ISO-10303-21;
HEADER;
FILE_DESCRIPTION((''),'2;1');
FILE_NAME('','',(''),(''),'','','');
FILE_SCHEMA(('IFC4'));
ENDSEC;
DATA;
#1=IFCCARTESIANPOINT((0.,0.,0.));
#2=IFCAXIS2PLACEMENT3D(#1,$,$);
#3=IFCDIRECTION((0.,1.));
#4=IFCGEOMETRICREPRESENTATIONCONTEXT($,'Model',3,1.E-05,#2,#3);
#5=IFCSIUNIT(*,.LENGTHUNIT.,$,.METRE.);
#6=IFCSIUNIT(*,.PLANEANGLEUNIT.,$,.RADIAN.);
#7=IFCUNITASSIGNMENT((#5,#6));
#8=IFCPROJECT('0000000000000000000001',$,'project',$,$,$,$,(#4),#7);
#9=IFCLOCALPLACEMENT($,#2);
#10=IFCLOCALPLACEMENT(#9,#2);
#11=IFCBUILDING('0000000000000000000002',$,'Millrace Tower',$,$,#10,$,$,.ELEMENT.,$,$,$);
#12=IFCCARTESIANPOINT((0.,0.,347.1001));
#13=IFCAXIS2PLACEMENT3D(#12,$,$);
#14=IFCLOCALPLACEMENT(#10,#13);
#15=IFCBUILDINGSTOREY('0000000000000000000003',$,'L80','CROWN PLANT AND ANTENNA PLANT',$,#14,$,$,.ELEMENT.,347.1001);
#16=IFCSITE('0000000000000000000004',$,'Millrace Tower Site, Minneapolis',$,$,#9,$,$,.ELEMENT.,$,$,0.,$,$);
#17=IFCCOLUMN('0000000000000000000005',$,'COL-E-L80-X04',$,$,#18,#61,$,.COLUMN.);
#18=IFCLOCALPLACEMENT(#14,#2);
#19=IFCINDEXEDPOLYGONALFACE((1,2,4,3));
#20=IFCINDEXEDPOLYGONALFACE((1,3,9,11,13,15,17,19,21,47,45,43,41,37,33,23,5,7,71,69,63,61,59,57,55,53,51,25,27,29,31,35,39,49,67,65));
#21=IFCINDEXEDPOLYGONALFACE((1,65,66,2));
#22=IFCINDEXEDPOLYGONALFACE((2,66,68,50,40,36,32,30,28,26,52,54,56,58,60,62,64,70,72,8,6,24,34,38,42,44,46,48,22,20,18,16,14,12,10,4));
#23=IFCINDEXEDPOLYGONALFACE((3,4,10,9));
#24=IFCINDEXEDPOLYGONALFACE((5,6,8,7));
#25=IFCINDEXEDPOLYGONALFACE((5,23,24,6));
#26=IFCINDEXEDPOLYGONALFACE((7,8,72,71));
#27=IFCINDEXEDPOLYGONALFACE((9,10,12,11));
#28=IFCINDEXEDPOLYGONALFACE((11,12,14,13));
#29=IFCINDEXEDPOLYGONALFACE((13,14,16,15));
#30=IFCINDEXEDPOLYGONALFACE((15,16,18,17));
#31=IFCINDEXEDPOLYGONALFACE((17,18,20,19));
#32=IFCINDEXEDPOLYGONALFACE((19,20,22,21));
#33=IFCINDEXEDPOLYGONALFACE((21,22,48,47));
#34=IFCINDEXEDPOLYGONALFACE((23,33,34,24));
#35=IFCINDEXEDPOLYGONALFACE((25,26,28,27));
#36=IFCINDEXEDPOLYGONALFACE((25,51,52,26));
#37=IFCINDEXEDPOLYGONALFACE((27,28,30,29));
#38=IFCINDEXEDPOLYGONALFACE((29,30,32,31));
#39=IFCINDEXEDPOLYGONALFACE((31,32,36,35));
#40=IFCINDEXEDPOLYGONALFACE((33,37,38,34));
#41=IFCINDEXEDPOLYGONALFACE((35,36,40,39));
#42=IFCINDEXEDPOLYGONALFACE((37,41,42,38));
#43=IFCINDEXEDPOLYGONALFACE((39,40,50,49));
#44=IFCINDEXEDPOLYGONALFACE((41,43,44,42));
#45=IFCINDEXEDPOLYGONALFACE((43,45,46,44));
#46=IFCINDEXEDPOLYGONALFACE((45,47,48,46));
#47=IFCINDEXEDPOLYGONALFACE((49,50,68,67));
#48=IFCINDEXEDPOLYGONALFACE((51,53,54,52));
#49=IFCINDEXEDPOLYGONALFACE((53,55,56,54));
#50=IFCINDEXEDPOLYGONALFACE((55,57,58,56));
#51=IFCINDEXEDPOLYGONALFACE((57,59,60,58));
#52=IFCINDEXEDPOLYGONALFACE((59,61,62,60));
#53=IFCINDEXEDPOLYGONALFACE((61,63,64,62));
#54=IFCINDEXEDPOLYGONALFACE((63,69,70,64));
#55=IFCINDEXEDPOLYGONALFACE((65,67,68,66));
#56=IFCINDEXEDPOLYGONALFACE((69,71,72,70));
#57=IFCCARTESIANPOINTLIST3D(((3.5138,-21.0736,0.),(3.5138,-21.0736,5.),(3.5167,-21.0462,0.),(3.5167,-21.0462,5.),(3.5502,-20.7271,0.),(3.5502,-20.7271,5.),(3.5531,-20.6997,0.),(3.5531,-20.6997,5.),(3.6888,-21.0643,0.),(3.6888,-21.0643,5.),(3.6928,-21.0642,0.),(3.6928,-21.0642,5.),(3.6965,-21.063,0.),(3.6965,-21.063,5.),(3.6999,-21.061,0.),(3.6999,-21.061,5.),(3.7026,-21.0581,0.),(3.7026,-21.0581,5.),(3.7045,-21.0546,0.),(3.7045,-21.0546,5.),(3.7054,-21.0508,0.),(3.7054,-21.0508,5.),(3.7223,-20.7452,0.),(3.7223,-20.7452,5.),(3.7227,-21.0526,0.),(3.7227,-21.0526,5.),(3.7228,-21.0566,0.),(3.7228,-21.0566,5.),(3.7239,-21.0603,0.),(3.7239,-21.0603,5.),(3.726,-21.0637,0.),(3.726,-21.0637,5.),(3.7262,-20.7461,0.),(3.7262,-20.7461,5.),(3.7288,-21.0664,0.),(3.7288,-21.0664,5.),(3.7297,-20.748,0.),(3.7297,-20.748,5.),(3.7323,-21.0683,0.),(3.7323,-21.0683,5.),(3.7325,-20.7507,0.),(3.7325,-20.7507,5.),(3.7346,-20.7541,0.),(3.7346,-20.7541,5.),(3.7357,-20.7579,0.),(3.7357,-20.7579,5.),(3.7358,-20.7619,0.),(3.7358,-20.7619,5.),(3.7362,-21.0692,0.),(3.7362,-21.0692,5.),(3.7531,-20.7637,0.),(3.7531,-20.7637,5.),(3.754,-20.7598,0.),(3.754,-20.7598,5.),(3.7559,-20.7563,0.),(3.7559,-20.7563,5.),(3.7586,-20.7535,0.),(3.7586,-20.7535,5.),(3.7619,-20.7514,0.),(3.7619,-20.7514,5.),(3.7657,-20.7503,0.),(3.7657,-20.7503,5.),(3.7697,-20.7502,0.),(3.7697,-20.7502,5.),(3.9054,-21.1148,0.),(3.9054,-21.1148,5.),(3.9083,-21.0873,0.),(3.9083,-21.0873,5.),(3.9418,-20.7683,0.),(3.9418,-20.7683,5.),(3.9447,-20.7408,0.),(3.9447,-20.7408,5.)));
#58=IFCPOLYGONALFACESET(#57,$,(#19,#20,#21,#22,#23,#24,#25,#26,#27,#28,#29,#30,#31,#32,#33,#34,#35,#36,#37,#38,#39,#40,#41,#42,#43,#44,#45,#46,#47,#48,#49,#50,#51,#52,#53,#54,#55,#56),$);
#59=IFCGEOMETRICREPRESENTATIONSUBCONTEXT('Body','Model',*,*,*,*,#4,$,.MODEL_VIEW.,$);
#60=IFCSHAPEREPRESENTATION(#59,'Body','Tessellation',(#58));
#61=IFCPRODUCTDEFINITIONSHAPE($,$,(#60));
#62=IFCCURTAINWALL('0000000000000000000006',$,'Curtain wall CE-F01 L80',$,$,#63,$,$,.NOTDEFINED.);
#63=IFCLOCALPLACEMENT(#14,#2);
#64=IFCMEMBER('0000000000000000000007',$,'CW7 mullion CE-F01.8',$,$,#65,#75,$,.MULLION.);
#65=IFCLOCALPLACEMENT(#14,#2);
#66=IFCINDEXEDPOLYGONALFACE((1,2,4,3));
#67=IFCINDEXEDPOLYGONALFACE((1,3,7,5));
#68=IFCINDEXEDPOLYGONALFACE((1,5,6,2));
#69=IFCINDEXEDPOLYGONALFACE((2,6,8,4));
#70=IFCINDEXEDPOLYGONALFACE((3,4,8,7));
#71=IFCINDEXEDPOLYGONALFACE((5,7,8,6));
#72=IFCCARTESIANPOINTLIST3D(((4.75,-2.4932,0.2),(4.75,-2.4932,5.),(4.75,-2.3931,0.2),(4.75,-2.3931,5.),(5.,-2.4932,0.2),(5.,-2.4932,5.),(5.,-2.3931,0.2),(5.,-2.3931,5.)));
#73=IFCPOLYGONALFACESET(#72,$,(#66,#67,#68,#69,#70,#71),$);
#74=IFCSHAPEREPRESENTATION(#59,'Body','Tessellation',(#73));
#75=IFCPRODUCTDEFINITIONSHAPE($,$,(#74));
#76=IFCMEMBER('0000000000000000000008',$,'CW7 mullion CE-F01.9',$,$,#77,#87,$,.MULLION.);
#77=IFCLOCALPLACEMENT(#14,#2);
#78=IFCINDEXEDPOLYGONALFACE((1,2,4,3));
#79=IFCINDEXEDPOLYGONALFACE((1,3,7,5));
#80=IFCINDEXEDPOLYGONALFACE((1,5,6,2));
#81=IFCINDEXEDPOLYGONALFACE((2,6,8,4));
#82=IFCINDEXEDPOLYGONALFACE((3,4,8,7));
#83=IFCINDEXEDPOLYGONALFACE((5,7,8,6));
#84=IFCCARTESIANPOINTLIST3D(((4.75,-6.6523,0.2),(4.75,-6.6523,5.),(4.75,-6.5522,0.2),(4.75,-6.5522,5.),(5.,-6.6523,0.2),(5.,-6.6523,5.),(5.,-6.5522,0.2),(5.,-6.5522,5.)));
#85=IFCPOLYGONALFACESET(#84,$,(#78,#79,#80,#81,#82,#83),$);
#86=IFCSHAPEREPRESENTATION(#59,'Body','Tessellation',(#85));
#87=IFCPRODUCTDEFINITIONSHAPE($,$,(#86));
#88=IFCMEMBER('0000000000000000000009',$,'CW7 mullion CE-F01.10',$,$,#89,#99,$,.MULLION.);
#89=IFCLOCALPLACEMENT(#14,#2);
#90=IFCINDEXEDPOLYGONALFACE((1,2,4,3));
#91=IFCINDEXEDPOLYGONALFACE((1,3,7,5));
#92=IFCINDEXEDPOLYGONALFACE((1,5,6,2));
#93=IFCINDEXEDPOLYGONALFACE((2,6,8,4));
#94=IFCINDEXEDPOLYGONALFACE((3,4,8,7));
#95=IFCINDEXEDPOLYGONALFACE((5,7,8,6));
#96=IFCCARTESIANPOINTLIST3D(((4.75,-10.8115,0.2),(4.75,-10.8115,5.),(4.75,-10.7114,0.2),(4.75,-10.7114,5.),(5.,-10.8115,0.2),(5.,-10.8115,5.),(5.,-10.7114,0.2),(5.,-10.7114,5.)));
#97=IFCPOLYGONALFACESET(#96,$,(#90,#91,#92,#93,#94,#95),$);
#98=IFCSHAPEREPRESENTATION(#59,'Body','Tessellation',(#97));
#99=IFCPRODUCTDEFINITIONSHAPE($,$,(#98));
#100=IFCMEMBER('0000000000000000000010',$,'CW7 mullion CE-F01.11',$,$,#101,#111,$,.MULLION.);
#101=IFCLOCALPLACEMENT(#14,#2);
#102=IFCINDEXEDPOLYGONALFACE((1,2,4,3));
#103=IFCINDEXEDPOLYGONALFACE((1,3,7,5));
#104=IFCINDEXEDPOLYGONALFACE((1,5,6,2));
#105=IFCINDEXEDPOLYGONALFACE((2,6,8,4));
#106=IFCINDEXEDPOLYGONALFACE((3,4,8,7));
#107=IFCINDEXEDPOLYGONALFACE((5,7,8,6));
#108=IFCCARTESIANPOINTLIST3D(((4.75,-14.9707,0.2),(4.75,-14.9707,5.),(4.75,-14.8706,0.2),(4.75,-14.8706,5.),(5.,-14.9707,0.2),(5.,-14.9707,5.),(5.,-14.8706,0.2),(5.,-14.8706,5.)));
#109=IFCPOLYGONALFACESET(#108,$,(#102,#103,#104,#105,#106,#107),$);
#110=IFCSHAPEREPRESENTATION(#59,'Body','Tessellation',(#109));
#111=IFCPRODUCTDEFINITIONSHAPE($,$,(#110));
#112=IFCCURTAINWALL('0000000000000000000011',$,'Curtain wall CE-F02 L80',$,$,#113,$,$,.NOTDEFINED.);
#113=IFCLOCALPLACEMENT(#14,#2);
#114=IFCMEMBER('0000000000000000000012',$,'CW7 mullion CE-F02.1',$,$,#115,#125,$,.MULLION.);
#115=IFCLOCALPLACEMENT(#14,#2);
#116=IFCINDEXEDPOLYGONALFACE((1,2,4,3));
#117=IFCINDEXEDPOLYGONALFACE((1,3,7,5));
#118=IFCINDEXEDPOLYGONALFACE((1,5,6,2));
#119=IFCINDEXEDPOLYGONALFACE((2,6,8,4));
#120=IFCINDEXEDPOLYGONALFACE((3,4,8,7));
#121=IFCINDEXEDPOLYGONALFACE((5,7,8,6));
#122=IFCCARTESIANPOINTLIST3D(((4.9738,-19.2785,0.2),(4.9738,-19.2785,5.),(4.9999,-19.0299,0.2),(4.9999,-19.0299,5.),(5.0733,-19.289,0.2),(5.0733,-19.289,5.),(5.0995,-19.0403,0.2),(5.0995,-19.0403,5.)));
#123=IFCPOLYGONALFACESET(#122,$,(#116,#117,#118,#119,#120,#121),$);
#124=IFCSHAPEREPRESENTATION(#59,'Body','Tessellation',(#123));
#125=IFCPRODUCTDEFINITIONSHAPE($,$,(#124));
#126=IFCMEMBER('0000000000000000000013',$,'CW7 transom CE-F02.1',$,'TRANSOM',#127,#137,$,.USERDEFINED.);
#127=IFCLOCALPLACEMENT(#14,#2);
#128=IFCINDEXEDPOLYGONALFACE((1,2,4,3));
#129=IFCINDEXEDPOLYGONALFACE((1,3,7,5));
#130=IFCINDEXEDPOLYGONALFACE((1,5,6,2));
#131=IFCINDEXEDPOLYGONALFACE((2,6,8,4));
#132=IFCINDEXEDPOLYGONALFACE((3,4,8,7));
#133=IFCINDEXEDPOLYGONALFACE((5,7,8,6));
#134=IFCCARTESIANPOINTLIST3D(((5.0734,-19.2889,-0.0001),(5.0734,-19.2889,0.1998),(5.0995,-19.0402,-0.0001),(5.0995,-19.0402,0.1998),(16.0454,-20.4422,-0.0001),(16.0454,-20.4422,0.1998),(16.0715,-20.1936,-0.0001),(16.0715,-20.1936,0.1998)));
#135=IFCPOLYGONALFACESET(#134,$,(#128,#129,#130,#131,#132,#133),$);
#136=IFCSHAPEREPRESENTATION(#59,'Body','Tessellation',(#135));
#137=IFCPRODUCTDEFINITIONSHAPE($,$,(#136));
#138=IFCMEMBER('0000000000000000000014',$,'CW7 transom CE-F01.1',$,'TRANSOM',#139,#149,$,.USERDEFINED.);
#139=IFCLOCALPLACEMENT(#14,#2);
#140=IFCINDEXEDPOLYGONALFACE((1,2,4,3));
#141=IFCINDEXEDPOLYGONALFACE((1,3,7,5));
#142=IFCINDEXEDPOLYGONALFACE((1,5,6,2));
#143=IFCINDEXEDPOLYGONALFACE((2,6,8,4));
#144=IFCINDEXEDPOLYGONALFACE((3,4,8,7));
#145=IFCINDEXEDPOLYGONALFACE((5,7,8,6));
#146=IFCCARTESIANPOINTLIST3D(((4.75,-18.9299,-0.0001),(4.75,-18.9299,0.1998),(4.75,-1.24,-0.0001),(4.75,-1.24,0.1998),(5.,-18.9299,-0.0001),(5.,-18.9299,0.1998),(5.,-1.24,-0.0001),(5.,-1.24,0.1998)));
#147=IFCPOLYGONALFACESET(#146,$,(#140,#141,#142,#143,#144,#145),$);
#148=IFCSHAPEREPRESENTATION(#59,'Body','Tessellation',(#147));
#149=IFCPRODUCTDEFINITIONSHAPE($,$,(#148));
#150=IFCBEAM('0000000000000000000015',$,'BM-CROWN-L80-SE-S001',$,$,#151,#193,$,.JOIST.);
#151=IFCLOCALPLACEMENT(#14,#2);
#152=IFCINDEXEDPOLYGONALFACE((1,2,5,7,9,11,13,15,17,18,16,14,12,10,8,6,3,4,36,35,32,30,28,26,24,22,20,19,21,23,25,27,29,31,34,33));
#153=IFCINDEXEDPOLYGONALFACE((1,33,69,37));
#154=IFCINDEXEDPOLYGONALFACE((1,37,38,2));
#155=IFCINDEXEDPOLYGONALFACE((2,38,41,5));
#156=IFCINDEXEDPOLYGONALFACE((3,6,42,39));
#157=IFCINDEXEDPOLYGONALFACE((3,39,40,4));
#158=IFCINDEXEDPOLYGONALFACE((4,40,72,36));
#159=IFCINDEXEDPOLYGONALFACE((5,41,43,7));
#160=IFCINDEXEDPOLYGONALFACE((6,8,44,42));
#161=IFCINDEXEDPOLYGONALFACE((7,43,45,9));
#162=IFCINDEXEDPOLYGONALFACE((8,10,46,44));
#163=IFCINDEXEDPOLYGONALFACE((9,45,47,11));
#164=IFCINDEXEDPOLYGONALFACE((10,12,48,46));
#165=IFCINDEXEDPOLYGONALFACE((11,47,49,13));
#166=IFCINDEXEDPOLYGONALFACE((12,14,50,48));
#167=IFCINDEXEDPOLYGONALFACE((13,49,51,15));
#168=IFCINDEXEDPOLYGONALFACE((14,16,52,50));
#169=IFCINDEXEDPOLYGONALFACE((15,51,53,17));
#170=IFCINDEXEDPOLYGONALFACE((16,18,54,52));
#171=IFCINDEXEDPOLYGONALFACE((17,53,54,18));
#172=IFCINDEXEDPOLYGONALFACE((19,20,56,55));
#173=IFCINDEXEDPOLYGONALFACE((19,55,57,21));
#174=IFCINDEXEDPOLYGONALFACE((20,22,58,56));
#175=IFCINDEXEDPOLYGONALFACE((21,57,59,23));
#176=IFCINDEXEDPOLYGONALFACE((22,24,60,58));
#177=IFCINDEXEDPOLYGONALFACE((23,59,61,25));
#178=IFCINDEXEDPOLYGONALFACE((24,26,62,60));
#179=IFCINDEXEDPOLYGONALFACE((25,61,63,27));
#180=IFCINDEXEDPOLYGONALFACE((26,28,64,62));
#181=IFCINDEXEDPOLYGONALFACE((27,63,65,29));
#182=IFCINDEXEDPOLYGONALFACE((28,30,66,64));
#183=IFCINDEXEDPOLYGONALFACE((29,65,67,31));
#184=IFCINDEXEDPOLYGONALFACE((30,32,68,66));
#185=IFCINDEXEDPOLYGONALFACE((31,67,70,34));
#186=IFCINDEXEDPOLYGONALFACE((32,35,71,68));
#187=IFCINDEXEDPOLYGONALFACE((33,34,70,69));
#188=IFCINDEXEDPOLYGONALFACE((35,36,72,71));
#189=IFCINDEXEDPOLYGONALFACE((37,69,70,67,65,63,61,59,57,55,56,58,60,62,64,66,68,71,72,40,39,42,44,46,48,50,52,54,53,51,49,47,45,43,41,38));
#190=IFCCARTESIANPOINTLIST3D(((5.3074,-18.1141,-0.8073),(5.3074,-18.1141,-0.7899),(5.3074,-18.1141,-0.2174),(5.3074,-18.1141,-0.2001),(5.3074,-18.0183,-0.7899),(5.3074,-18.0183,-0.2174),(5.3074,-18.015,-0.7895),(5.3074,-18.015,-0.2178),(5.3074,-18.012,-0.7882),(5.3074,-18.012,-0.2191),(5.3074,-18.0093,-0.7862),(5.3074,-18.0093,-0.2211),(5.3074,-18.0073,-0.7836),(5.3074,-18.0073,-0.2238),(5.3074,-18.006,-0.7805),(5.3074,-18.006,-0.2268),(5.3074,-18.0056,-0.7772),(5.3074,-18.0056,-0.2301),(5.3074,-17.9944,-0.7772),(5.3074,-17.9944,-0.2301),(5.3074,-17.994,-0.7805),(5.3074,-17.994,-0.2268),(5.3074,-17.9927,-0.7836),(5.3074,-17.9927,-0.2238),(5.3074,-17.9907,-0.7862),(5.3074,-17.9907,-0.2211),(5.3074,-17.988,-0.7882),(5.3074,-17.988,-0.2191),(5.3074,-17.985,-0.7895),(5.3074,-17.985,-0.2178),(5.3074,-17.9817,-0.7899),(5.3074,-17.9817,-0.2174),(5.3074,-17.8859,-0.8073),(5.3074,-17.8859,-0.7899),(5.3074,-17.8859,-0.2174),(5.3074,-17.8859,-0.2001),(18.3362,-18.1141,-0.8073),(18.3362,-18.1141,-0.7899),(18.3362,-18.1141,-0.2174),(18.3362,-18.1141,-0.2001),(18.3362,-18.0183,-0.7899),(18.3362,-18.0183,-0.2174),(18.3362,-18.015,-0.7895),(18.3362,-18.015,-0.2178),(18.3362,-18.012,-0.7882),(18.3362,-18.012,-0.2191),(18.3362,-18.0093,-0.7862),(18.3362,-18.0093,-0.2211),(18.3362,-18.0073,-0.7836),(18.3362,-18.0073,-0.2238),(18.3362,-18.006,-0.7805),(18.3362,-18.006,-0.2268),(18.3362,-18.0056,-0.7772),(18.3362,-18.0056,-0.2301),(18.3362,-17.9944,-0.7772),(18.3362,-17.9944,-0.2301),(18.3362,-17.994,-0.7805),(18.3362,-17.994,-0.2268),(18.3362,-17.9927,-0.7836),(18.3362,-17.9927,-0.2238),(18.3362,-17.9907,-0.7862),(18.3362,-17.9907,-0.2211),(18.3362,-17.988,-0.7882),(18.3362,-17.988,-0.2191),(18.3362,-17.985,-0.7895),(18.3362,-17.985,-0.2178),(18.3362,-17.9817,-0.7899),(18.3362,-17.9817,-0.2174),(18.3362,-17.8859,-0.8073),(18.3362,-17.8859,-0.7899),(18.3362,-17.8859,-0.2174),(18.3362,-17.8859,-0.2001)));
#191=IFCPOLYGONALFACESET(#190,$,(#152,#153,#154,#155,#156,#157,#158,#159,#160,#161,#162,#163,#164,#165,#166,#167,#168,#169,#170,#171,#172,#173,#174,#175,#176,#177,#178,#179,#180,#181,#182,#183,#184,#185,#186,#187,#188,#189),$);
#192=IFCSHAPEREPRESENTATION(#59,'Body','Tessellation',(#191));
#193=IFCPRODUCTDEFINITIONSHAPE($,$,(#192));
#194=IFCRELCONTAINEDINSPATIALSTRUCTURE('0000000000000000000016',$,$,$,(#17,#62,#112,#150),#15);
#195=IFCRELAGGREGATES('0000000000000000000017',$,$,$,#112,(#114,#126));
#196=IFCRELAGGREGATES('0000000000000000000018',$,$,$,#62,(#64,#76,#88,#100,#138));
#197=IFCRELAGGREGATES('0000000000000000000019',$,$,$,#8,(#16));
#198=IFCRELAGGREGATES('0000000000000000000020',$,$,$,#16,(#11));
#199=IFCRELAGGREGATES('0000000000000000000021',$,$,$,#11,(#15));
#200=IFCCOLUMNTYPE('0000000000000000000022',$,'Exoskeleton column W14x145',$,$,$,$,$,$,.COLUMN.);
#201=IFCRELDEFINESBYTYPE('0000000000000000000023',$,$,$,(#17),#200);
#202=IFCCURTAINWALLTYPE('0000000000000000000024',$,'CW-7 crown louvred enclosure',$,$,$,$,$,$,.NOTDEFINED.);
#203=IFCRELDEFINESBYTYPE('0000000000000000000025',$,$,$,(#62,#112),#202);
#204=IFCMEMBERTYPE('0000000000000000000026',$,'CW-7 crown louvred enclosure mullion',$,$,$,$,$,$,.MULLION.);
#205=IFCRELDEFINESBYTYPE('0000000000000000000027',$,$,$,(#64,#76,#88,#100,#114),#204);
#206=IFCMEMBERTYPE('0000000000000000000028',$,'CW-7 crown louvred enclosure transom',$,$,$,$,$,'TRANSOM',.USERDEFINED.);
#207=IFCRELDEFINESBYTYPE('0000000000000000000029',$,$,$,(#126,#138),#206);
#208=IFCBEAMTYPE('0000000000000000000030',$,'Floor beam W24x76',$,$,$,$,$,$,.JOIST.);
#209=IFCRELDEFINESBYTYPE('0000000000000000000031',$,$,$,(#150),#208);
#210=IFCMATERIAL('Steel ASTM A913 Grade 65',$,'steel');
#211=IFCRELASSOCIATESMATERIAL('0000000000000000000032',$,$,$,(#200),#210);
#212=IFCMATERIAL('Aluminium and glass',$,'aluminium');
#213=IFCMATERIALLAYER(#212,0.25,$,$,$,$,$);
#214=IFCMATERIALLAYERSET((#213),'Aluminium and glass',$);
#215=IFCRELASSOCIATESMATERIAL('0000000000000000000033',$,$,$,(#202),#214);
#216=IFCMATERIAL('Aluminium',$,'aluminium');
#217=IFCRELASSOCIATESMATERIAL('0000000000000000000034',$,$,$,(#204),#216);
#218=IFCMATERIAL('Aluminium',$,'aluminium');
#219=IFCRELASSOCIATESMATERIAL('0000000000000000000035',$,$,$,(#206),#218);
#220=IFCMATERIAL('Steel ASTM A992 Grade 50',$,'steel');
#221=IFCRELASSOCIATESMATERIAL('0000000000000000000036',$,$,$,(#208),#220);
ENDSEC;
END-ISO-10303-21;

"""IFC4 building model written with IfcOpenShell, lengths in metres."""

from ifc_helpers import new_model, si_unit, direction, frame, origin, origin_2d, place, context, subcontext, project, spatial, rectangle, i_section, extrude, material, layer, layer_set, material_profile, profile_set, type_object, element, aggregate, save


model = new_model("IFC4")

# Units and contexts
model_context = context("Model", 3, precision=1e-05, world=origin(), true_north=direction((0.0, 1.0)))
body_context = subcontext(model_context, "Body", "Model", "MODEL_VIEW")
ifc_project = project(units=[si_unit("LENGTHUNIT", "METRE"), si_unit("PLANEANGLEUNIT", "RADIAN")], contexts=[model_context])

# Site, building, storey
site_placement = place(None, origin())
site = spatial("IfcSite", under=ifc_project, at=site_placement, Name="Millrace Tower Site, Minneapolis", CompositionType="ELEMENT", RefElevation=0.0)
building_placement = place(site_placement, origin())
building = spatial("IfcBuilding", under=site, at=building_placement, Name="Millrace Tower", CompositionType="ELEMENT")
storey_placement = place(building_placement, frame((0.0, 0.0, 347.1001)))
storey = spatial("IfcBuildingStorey", under=building, at=storey_placement, Name="L80", Description="CROWN PLANT AND ANTENNA PLANT", CompositionType="ELEMENT", Elevation=347.1001)

# Column
ifc_material_1 = material(Name="Steel ASTM A913 Grade 65", Category="steel")
ifc_material_profile_1 = material_profile(ifc_material_1, i_section(OverallWidth=0.3938, OverallDepth=0.376, WebThickness=0.0173, FlangeThickness=0.0276, FilletRadius=0.0151, at=origin_2d()))
ifc_profile_set_1 = profile_set([ifc_material_profile_1], Name="Steel ASTM A913 Grade 65")
column_type = type_object("IfcColumnType", Name="Exoskeleton column W14x145", PredefinedType="COLUMN", material=ifc_profile_set_1)
column_placement = place(storey_placement, frame((3.7292, -20.9072, 0.0), z_axis=(0.0, 0.0, 1.0), x_axis=(0.994522, -0.104528, 0.0)))
element("IfcColumn", 1, at=column_placement, inside=storey, type_object=column_type, Name="COL-E-L80-X04", PredefinedType="COLUMN", context=body_context, shape_type="SweptSolid", body=[
    extrude(i_section(OverallWidth=0.3938, OverallDepth=0.376, WebThickness=0.0173, FlangeThickness=0.0276, FilletRadius=0.0151, at=origin_2d()), origin(), (0.0, 0.0, 1.0), 5.0),
])

# Curtain walls, members
ifc_material_2 = material(Name="Aluminium and glass", Category="aluminium")
ifc_layer_1 = layer(ifc_material_2, 0.25)
ifc_layer_set_1 = layer_set([ifc_layer_1], Name="Aluminium and glass")
curtain_wall_type = type_object("IfcCurtainWallType", Name="CW-7 crown louvred enclosure", PredefinedType="NOTDEFINED", material=ifc_layer_set_1)
placement = place(storey_placement, origin())
curtain_wall_1 = element("IfcCurtainWall", 2, at=placement, inside=storey, type_object=curtain_wall_type, Name="Curtain wall CE-F01 L80", PredefinedType="NOTDEFINED")
ifc_material_3 = material(Name="Aluminium", Category="aluminium")
ifc_material_profile_2 = material_profile(ifc_material_3, rectangle(XDim=0.1001, YDim=0.25, at=origin_2d()))
ifc_profile_set_2 = profile_set([ifc_material_profile_2], Name="Aluminium")
member_type_1 = type_object("IfcMemberType", Name="CW-7 crown louvred enclosure mullion", PredefinedType="MULLION", material=ifc_profile_set_2)
member_1_placement = place(storey_placement, frame((4.875, -2.4431, 0.2), z_axis=(0.0, 0.0, 1.0), x_axis=(0.0, -1.0, 0.0)))
member_1 = element("IfcMember", 3, at=member_1_placement, type_object=member_type_1, Name="CW7 mullion CE-F01.8", PredefinedType="MULLION", context=body_context, shape_type="SweptSolid", body=[
    extrude(rectangle(XDim=0.1001, YDim=0.25, at=origin_2d()), origin(), (0.0, 0.0, 1.0), 4.8),
])
member_2_placement = place(storey_placement, frame((4.875, -6.6023, 0.2), z_axis=(0.0, 0.0, 1.0), x_axis=(0.0, -1.0, 0.0)))
member_2 = element("IfcMember", 4, at=member_2_placement, type_object=member_type_1, Name="CW7 mullion CE-F01.9", PredefinedType="MULLION", context=body_context, shape_type="SweptSolid", body=[
    extrude(rectangle(XDim=0.1001, YDim=0.25, at=origin_2d()), origin(), (0.0, 0.0, 1.0), 4.8),
])
member_3_placement = place(storey_placement, frame((4.875, -10.7615, 0.2), z_axis=(0.0, 0.0, 1.0), x_axis=(0.0, -1.0, 0.0)))
member_3 = element("IfcMember", 5, at=member_3_placement, type_object=member_type_1, Name="CW7 mullion CE-F01.10", PredefinedType="MULLION", context=body_context, shape_type="SweptSolid", body=[
    extrude(rectangle(XDim=0.1001, YDim=0.25, at=origin_2d()), origin(), (0.0, 0.0, 1.0), 4.8),
])
member_4_placement = place(storey_placement, frame((4.875, -14.9207, 0.2), z_axis=(0.0, 0.0, 1.0), x_axis=(0.0, -1.0, 0.0)))
member_4 = element("IfcMember", 6, at=member_4_placement, type_object=member_type_1, Name="CW7 mullion CE-F01.11", PredefinedType="MULLION", context=body_context, shape_type="SweptSolid", body=[
    extrude(rectangle(XDim=0.1001, YDim=0.25, at=origin_2d()), origin(), (0.0, 0.0, 1.0), 4.8),
])
curtain_wall_2 = element("IfcCurtainWall", 7, at=placement, inside=storey, type_object=curtain_wall_type, Name="Curtain wall CE-F02 L80", PredefinedType="NOTDEFINED")
member_5_placement = place(storey_placement, frame((5.0366, -19.1594, 0.2), z_axis=(0.0, 0.0, 1.0), x_axis=(0.994522, -0.104528, 0.0)))
member_5 = element("IfcMember", 8, at=member_5_placement, type_object=member_type_1, Name="CW7 mullion CE-F02.1", PredefinedType="MULLION", context=body_context, shape_type="SweptSolid", body=[
    extrude(rectangle(XDim=0.1001, YDim=0.25, at=origin_2d()), origin(), (0.0, 0.0, 1.0), 4.8),
])
ifc_material_4 = material(Name="Aluminium", Category="aluminium")
ifc_material_profile_3 = material_profile(ifc_material_4, rectangle(XDim=0.25, YDim=0.2, at=origin_2d()))
ifc_profile_set_3 = profile_set([ifc_material_profile_3], Name="Aluminium")
member_type_2 = type_object("IfcMemberType", Name="CW-7 crown louvred enclosure transom", ElementType="TRANSOM", PredefinedType="USERDEFINED", material=ifc_profile_set_3)
member_6_placement = place(storey_placement, frame((5.0864, -19.1646, 0.0999), z_axis=(0.994521, -0.10454, 0.0), x_axis=(0.10454, 0.994521, 0.0)))
member_6 = element("IfcMember", 9, at=member_6_placement, type_object=member_type_2, Name="CW7 transom CE-F02.1", ObjectType="TRANSOM", PredefinedType="USERDEFINED", context=body_context, shape_type="SweptSolid", body=[
    extrude(rectangle(XDim=0.25, YDim=0.2, at=origin_2d()), origin(), (0.0, 0.0, 1.0), 11.0325),
])
aggregate(curtain_wall_2, [member_5, member_6])

# Member
member_7_placement = place(storey_placement, frame((4.875, -18.9299, 0.0999), z_axis=(0.0, 1.0, 0.0), x_axis=(-1.0, 0.0, 0.0)))
member_7 = element("IfcMember", 10, at=member_7_placement, type_object=member_type_2, Name="CW7 transom CE-F01.1", ObjectType="TRANSOM", PredefinedType="USERDEFINED", context=body_context, shape_type="SweptSolid", body=[
    extrude(rectangle(XDim=0.25, YDim=0.2, at=origin_2d()), origin(), (0.0, 0.0, 1.0), 17.6899),
])
aggregate(curtain_wall_1, [member_1, member_2, member_3, member_4, member_7])

# Beam
ifc_material_5 = material(Name="Steel ASTM A992 Grade 50", Category="steel")
ifc_material_profile_4 = material_profile(ifc_material_5, i_section(OverallWidth=0.2283, OverallDepth=0.6072, WebThickness=0.0112, FlangeThickness=0.0173, FilletRadius=0.0127, at=origin_2d()))
ifc_profile_set_4 = profile_set([ifc_material_profile_4], Name="Steel ASTM A992 Grade 50")
beam_type_1 = type_object("IfcBeamType", Name="Floor beam W24x76", PredefinedType="JOIST", material=ifc_profile_set_4)
beam_1_placement = place(storey_placement, frame((5.3074, -18.0, -0.5037), z_axis=(1.0, 0.0, 0.0), x_axis=(0.0, 1.0, 0.0)))
element("IfcBeam", 11, at=beam_1_placement, inside=storey, type_object=beam_type_1, Name="BM-CROWN-L80-SE-S001", PredefinedType="JOIST", context=body_context, shape_type="SweptSolid", body=[
    extrude(i_section(OverallWidth=0.2283, OverallDepth=0.6072, WebThickness=0.0112, FlangeThickness=0.0173, FilletRadius=0.0127, at=origin_2d()), origin(), (0.0, 0.0, 1.0), 13.0288),
])

save(model, "model.ifc")
